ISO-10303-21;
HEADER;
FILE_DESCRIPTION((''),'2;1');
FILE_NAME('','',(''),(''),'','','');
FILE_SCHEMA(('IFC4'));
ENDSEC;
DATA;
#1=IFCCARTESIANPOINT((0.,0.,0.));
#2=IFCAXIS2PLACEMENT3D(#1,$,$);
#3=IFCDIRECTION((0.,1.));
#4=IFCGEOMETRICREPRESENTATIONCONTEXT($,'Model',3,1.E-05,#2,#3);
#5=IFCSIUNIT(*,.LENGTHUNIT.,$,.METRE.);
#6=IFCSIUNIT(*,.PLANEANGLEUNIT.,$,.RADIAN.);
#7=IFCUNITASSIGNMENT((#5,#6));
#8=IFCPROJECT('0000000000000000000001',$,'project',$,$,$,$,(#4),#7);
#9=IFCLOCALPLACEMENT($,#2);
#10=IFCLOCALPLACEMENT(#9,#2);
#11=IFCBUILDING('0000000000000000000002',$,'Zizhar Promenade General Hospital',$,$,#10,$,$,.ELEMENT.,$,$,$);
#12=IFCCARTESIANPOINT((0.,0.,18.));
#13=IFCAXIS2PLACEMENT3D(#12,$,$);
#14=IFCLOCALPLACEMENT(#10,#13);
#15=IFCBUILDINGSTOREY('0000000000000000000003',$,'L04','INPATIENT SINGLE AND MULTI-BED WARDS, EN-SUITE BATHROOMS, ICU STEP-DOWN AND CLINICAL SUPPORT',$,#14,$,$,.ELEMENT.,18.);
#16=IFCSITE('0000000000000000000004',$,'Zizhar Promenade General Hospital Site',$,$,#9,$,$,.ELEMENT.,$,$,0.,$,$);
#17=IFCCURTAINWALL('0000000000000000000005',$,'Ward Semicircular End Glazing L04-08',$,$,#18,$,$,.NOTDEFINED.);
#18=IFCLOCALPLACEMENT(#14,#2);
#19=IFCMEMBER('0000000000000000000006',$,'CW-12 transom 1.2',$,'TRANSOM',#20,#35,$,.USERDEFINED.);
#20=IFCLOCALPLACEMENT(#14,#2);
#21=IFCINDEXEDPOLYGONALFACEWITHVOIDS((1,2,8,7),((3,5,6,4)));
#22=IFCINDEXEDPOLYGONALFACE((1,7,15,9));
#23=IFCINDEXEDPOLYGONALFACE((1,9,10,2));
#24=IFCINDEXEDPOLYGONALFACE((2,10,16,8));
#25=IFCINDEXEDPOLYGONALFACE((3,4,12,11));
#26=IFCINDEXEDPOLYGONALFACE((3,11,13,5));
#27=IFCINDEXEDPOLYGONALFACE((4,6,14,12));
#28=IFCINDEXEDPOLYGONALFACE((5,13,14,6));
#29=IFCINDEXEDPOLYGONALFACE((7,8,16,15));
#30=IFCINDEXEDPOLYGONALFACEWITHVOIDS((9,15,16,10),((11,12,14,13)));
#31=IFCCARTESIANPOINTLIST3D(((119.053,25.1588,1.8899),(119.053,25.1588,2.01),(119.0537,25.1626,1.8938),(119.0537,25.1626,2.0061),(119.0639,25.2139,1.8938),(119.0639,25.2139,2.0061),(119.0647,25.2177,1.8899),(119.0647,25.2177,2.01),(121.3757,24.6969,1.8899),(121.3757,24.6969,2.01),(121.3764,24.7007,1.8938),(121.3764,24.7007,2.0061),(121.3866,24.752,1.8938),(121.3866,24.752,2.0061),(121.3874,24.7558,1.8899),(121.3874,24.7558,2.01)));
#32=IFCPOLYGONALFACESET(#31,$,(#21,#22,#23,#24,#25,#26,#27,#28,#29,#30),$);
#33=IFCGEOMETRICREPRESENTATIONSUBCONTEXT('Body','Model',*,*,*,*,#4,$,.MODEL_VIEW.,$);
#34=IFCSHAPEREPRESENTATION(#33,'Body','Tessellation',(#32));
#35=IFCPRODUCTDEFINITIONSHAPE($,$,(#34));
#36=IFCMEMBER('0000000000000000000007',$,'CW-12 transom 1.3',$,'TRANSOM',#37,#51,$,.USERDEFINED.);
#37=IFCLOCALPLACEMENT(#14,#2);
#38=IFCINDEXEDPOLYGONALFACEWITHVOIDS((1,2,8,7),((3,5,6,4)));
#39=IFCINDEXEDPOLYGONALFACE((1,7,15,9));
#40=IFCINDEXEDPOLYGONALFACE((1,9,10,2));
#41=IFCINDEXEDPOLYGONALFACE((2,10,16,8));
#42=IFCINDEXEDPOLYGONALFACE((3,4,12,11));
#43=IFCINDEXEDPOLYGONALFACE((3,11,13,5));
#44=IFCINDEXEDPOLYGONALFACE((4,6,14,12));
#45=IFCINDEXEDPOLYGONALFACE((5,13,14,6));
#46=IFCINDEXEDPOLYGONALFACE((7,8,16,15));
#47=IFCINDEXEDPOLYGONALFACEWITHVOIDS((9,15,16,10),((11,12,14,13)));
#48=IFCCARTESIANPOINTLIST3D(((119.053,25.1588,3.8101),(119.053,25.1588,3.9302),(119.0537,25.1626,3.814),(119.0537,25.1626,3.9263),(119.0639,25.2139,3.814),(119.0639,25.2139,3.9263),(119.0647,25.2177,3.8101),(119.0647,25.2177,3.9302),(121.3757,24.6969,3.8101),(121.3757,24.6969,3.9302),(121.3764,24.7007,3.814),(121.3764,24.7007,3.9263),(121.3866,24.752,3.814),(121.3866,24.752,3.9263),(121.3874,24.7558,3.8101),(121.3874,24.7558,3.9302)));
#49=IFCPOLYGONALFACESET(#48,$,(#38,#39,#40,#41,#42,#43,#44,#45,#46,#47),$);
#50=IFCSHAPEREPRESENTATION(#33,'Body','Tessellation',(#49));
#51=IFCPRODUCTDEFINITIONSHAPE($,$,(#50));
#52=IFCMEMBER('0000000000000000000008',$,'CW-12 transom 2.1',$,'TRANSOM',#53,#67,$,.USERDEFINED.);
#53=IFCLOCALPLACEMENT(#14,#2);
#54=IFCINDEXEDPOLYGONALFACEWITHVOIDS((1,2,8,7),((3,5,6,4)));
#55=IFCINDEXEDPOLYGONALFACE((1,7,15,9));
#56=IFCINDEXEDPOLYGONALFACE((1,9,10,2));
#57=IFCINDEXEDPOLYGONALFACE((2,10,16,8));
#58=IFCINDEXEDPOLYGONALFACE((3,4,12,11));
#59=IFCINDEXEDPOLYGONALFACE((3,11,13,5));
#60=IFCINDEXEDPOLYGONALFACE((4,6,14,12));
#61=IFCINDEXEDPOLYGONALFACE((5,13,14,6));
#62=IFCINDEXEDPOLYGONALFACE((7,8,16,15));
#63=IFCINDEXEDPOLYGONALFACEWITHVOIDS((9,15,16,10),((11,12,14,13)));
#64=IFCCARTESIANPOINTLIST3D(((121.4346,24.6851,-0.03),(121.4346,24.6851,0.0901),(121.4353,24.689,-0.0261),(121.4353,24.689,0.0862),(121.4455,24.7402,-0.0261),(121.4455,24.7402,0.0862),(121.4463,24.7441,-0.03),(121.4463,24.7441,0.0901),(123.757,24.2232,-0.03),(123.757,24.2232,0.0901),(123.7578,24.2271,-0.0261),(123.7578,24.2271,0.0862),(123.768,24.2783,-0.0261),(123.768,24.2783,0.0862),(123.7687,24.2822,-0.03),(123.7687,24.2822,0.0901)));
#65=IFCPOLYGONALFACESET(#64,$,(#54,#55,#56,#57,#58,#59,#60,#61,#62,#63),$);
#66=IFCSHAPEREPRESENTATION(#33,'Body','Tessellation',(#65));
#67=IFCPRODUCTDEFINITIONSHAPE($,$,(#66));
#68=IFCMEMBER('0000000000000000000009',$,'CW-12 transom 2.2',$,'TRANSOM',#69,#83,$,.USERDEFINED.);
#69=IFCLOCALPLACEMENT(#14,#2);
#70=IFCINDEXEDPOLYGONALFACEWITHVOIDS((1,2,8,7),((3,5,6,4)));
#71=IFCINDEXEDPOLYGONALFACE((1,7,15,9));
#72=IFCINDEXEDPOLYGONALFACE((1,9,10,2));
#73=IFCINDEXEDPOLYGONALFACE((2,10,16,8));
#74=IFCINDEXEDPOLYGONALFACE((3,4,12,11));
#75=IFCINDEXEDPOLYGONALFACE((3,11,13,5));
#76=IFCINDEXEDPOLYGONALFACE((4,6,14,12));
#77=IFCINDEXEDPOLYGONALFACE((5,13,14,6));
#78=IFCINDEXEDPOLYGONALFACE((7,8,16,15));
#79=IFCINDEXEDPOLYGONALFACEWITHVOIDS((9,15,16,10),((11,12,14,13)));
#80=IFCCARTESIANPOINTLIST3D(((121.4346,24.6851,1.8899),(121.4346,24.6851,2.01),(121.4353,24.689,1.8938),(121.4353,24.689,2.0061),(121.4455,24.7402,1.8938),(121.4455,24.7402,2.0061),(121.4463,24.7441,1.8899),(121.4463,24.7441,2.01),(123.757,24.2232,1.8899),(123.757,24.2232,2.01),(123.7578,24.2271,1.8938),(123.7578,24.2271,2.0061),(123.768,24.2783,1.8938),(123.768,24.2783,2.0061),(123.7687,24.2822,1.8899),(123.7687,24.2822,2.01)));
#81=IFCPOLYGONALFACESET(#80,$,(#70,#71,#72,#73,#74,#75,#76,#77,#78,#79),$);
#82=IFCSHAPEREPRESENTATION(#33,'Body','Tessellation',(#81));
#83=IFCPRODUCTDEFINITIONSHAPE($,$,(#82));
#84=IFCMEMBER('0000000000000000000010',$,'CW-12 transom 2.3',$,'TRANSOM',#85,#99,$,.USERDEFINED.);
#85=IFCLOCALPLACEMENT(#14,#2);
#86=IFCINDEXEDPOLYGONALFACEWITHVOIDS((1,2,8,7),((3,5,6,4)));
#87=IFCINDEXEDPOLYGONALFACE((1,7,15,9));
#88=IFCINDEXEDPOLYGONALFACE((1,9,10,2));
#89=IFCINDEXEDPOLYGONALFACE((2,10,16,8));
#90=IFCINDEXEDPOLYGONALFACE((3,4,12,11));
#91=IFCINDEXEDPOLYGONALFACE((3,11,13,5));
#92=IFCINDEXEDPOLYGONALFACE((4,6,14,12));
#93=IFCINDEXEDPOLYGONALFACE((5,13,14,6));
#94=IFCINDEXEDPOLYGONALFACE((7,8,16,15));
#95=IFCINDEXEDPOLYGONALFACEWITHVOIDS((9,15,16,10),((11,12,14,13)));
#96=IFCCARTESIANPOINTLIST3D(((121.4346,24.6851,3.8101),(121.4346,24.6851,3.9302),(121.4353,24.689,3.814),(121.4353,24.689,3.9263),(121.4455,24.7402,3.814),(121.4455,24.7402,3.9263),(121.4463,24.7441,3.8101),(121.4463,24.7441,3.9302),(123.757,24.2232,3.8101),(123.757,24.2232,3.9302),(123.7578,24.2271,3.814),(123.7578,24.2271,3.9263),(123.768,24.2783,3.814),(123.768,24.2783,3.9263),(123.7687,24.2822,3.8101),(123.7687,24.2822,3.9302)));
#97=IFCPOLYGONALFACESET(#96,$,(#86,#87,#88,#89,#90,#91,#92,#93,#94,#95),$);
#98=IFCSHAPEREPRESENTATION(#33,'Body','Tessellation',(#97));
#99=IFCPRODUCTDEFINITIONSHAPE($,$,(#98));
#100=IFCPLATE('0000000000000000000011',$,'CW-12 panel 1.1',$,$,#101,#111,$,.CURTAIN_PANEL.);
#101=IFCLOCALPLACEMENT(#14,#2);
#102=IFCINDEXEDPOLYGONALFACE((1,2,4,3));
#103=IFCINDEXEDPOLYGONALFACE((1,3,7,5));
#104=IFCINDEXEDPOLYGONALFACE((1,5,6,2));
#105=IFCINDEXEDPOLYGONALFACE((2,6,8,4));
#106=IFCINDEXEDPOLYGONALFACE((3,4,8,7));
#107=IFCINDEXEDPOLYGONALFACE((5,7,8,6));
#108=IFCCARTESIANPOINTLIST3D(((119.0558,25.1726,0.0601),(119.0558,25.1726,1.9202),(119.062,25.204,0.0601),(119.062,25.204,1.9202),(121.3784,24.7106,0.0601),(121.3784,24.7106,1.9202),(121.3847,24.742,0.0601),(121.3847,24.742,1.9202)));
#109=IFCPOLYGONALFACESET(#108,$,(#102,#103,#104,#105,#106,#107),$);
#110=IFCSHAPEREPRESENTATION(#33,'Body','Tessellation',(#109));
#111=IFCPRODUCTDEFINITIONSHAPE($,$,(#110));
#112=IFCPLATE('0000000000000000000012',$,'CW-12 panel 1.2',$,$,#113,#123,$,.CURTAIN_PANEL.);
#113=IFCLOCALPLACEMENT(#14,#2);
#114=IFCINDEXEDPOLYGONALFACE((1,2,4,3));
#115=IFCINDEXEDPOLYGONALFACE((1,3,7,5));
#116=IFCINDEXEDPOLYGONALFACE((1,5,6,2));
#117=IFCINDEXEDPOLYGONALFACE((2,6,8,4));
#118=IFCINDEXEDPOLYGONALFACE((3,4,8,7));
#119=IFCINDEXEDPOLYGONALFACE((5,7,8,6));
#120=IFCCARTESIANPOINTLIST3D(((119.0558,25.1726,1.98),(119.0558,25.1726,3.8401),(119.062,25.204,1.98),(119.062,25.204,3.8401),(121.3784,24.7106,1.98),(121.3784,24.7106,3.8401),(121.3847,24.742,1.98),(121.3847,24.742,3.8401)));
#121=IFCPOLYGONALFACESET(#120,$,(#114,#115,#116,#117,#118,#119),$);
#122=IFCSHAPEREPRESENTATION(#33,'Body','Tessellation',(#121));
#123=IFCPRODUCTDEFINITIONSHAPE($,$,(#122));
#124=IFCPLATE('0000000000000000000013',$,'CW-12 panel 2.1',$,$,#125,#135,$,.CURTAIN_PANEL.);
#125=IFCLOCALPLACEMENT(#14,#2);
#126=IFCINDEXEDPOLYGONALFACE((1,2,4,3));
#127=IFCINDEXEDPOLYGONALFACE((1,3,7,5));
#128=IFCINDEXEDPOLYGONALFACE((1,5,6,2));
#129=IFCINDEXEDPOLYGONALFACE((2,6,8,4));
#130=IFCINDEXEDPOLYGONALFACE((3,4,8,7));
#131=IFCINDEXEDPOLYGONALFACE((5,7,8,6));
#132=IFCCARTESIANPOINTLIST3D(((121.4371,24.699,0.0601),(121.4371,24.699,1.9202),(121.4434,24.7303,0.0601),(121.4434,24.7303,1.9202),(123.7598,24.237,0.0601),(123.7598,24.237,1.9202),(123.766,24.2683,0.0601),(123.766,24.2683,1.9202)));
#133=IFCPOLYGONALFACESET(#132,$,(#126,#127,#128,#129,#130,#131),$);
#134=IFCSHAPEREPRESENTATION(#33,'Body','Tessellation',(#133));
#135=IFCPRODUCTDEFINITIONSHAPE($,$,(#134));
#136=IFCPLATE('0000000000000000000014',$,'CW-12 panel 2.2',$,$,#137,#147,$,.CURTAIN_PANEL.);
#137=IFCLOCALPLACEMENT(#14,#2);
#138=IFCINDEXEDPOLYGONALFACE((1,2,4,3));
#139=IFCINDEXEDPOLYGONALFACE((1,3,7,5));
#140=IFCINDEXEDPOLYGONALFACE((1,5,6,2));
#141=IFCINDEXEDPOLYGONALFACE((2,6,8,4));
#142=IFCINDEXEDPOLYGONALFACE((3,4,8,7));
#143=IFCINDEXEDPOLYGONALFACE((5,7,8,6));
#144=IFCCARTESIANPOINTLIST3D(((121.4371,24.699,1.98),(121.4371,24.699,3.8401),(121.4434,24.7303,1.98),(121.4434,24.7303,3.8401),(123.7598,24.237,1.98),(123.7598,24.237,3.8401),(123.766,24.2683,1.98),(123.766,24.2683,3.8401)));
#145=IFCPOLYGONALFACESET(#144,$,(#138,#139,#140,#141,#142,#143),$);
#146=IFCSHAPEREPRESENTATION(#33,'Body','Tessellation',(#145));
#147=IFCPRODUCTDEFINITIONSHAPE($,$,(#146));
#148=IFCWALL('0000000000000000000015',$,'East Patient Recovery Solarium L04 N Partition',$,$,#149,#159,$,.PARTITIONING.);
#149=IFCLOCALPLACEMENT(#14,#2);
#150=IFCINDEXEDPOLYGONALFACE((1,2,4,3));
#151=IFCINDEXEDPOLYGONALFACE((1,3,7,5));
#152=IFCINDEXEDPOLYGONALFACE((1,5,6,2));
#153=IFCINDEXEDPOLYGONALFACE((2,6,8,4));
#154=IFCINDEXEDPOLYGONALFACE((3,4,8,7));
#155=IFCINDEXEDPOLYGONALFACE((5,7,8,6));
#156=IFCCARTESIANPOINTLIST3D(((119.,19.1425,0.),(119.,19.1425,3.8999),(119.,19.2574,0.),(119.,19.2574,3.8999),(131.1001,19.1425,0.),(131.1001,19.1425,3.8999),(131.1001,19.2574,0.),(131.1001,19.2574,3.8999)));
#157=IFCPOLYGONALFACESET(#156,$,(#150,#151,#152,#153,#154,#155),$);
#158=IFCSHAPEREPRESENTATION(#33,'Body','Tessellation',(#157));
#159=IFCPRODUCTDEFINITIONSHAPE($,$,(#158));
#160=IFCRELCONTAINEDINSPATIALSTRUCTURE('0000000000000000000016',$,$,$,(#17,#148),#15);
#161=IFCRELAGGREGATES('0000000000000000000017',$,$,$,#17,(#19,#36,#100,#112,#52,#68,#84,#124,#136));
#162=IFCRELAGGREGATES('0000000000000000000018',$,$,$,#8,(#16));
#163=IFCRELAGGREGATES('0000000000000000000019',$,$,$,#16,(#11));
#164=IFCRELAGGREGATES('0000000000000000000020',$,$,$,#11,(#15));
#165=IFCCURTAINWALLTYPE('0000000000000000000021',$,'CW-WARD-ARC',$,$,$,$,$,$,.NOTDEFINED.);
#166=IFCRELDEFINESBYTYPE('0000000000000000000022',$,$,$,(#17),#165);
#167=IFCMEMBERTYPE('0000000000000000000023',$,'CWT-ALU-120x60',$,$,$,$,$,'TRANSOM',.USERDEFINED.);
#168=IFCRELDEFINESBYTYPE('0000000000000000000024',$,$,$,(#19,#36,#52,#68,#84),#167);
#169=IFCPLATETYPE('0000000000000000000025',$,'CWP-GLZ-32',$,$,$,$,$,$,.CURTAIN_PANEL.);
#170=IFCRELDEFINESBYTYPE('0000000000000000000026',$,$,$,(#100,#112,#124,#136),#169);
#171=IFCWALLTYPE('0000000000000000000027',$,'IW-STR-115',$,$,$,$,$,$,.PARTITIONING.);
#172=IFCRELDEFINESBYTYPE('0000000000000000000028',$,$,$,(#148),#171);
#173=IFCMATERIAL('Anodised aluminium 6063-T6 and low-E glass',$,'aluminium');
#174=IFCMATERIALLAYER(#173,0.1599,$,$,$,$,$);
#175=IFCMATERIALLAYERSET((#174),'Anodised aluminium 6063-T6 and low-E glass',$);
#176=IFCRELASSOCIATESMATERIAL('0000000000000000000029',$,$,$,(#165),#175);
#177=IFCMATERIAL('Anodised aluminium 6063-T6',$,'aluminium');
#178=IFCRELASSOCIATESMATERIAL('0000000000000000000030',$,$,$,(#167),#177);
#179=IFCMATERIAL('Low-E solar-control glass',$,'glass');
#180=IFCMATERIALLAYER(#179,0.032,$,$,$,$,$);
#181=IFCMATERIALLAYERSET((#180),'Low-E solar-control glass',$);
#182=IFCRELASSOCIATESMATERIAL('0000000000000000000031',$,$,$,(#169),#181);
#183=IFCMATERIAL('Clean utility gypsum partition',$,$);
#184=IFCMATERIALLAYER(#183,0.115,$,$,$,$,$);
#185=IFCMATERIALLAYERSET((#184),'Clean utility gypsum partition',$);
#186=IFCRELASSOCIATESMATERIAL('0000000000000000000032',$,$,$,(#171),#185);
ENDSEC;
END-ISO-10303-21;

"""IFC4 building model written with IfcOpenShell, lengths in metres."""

from ifc_helpers import new_model, si_unit, direction, frame, frame_2d, origin, origin_2d, place, context, subcontext, project, spatial, rectangle, hollow_rectangle, extrude, material, layer, layer_set, material_profile, profile_set, type_object, element, aggregate, save


model = new_model("IFC4")

# Units and contexts
model_context = context("Model", 3, precision=1e-05, world=origin(), true_north=direction((0.0, 1.0)))
body_context = subcontext(model_context, "Body", "Model", "MODEL_VIEW")
ifc_project = project(units=[si_unit("LENGTHUNIT", "METRE"), si_unit("PLANEANGLEUNIT", "RADIAN")], contexts=[model_context])

# Site, building, storey
site_placement = place(None, origin())
site = spatial("IfcSite", under=ifc_project, at=site_placement, Name="Zizhar Promenade General Hospital Site", CompositionType="ELEMENT", RefElevation=0.0)
building_placement = place(site_placement, origin())
building = spatial("IfcBuilding", under=site, at=building_placement, Name="Zizhar Promenade General Hospital", CompositionType="ELEMENT")
storey_placement = place(building_placement, frame((0.0, 0.0, 18.0)))
storey = spatial("IfcBuildingStorey", under=building, at=storey_placement, Name="L04", Description="INPATIENT SINGLE AND MULTI-BED WARDS, EN-SUITE BATHROOMS, ICU STEP-DOWN AND CLINICAL SUPPORT", CompositionType="ELEMENT", Elevation=18.0)

# Curtain wall, members, plates
ifc_material_1 = material(Name="Anodised aluminium 6063-T6 and low-E glass", Category="aluminium")
ifc_layer_1 = layer(ifc_material_1, 0.1599)
ifc_layer_set_1 = layer_set([ifc_layer_1], Name="Anodised aluminium 6063-T6 and low-E glass")
curtain_wall_type = type_object("IfcCurtainWallType", Name="CW-WARD-ARC", PredefinedType="NOTDEFINED", material=ifc_layer_set_1)
curtain_wall_placement = place(storey_placement, origin())
curtain_wall = element("IfcCurtainWall", 1, at=curtain_wall_placement, inside=storey, type_object=curtain_wall_type, Name="Ward Semicircular End Glazing L04-08", PredefinedType="NOTDEFINED")
ifc_material_2 = material(Name="Anodised aluminium 6063-T6", Category="aluminium")
ifc_material_profile_1 = material_profile(ifc_material_2, hollow_rectangle(XDim=0.0601, YDim=0.1201, WallThickness=0.0039, at=origin_2d()))
ifc_profile_set_1 = profile_set([ifc_material_profile_1], Name="Anodised aluminium 6063-T6")
member_type_1 = type_object("IfcMemberType", Name="CWT-ALU-120x60", ElementType="TRANSOM", PredefinedType="USERDEFINED", material=ifc_profile_set_1)
member_1_placement = place(storey_placement, frame((119.0588, 25.1882, 1.95), z_axis=(0.980794, -0.195045, 0.0), x_axis=(0.195045, 0.980794, 0.0)))
member_1 = element("IfcMember", 2, at=member_1_placement, type_object=member_type_1, Name="CW-12 transom 1.2", ObjectType="TRANSOM", PredefinedType="USERDEFINED", context=body_context, shape_type="SweptSolid", body=[
    extrude(hollow_rectangle(XDim=0.0601, YDim=0.1201, WallThickness=0.0039, at=origin_2d()), origin(), (0.0, 0.0, 1.0), 2.3682),
])
member_2_placement = place(storey_placement, frame((119.0588, 25.1882, 3.8701), z_axis=(0.980794, -0.195045, 0.0), x_axis=(0.195045, 0.980794, 0.0)))
member_2 = element("IfcMember", 3, at=member_2_placement, type_object=member_type_1, Name="CW-12 transom 1.3", ObjectType="TRANSOM", PredefinedType="USERDEFINED", context=body_context, shape_type="SweptSolid", body=[
    extrude(hollow_rectangle(XDim=0.0601, YDim=0.1201, WallThickness=0.0039, at=origin_2d()), origin(), (0.0, 0.0, 1.0), 2.3682),
])
member_3_placement = place(storey_placement, frame((121.4404, 24.7146, 0.03), z_axis=(0.98079, -0.195065, 0.0), x_axis=(0.195065, 0.98079, 0.0)))
member_3 = element("IfcMember", 4, at=member_3_placement, type_object=member_type_1, Name="CW-12 transom 2.1", ObjectType="TRANSOM", PredefinedType="USERDEFINED", context=body_context, shape_type="SweptSolid", body=[
    extrude(hollow_rectangle(XDim=0.0601, YDim=0.1201, WallThickness=0.0039, at=origin_2d()), origin(), (0.0, 0.0, 1.0), 2.3679),
])
member_4_placement = place(storey_placement, frame((121.4404, 24.7146, 1.95), z_axis=(0.98079, -0.195065, 0.0), x_axis=(0.195065, 0.98079, 0.0)))
member_4 = element("IfcMember", 5, at=member_4_placement, type_object=member_type_1, Name="CW-12 transom 2.2", ObjectType="TRANSOM", PredefinedType="USERDEFINED", context=body_context, shape_type="SweptSolid", body=[
    extrude(hollow_rectangle(XDim=0.0601, YDim=0.1201, WallThickness=0.0039, at=origin_2d()), origin(), (0.0, 0.0, 1.0), 2.3679),
])
member_5_placement = place(storey_placement, frame((121.4404, 24.7146, 3.8701), z_axis=(0.98079, -0.195065, 0.0), x_axis=(0.195065, 0.98079, 0.0)))
member_5 = element("IfcMember", 6, at=member_5_placement, type_object=member_type_1, Name="CW-12 transom 2.3", ObjectType="TRANSOM", PredefinedType="USERDEFINED", context=body_context, shape_type="SweptSolid", body=[
    extrude(hollow_rectangle(XDim=0.0601, YDim=0.1201, WallThickness=0.0039, at=origin_2d()), origin(), (0.0, 0.0, 1.0), 2.3679),
])
ifc_material_3 = material(Name="Low-E solar-control glass", Category="glass")
ifc_layer_2 = layer(ifc_material_3, 0.032)
ifc_layer_set_2 = layer_set([ifc_layer_2], Name="Low-E solar-control glass")
plate_type = type_object("IfcPlateType", Name="CWP-GLZ-32", PredefinedType="CURTAIN_PANEL", material=ifc_layer_set_2)
plate_1_placement = place(storey_placement, frame((120.2202, 24.9573, 0.0601), z_axis=(0.0, 0.0, 1.0), x_axis=(0.980786, -0.195087, 0.0)))
plate_1 = element("IfcPlate", 7, at=plate_1_placement, type_object=plate_type, Name="CW-12 panel 1.1", PredefinedType="CURTAIN_PANEL", context=body_context, shape_type="SweptSolid", body=[
    extrude(rectangle(XDim=2.3682, YDim=0.032, at=origin_2d()), origin(), (0.0, 0.0, 1.0), 1.8601),
])
plate_2_placement = place(storey_placement, frame((120.2202, 24.9573, 1.98), z_axis=(0.0, 0.0, 1.0), x_axis=(0.980786, -0.195087, 0.0)))
plate_2 = element("IfcPlate", 8, at=plate_2_placement, type_object=plate_type, Name="CW-12 panel 1.2", PredefinedType="CURTAIN_PANEL", context=body_context, shape_type="SweptSolid", body=[
    extrude(rectangle(XDim=2.3682, YDim=0.032, at=origin_2d()), origin(), (0.0, 0.0, 1.0), 1.8601),
])
plate_3_placement = place(storey_placement, frame((122.6016, 24.4836, 0.0601), z_axis=(0.0, 0.0, 1.0), x_axis=(0.980786, -0.195087, 0.0)))
plate_3 = element("IfcPlate", 9, at=plate_3_placement, type_object=plate_type, Name="CW-12 panel 2.1", PredefinedType="CURTAIN_PANEL", context=body_context, shape_type="SweptSolid", body=[
    extrude(rectangle(XDim=2.3682, YDim=0.032, at=origin_2d()), origin(), (0.0, 0.0, 1.0), 1.8601),
])
plate_4_placement = place(storey_placement, frame((122.6016, 24.4836, 1.98), z_axis=(0.0, 0.0, 1.0), x_axis=(0.980786, -0.195087, 0.0)))
plate_4 = element("IfcPlate", 10, at=plate_4_placement, type_object=plate_type, Name="CW-12 panel 2.2", PredefinedType="CURTAIN_PANEL", context=body_context, shape_type="SweptSolid", body=[
    extrude(rectangle(XDim=2.3682, YDim=0.032, at=origin_2d()), origin(), (0.0, 0.0, 1.0), 1.8601),
])
aggregate(curtain_wall, [member_1, member_2, plate_1, plate_2, member_3, member_4, member_5, plate_3, plate_4])

# Wall
ifc_material_4 = material(Name="Clean utility gypsum partition")
ifc_layer_3 = layer(ifc_material_4, 0.115)
ifc_layer_set_3 = layer_set([ifc_layer_3], Name="Clean utility gypsum partition")
wall_type = type_object("IfcWallType", Name="IW-STR-115", PredefinedType="PARTITIONING", material=ifc_layer_set_3)
wall_placement = place(storey_placement, frame((119.0, 19.2, 0.0), z_axis=(0.0, 0.0, 1.0), x_axis=(1.0, 0.0, 0.0)))
element("IfcWall", 11, at=wall_placement, inside=storey, type_object=wall_type, Name="East Patient Recovery Solarium L04 N Partition", PredefinedType="PARTITIONING", context=body_context, shape_type="SweptSolid", body=[
    extrude(rectangle(XDim=12.1001, YDim=0.115, at=frame_2d((6.05, 0.0))), origin(), (0.0, 0.0, 1.0), 3.8999),
])

save(model, "model.ifc")
